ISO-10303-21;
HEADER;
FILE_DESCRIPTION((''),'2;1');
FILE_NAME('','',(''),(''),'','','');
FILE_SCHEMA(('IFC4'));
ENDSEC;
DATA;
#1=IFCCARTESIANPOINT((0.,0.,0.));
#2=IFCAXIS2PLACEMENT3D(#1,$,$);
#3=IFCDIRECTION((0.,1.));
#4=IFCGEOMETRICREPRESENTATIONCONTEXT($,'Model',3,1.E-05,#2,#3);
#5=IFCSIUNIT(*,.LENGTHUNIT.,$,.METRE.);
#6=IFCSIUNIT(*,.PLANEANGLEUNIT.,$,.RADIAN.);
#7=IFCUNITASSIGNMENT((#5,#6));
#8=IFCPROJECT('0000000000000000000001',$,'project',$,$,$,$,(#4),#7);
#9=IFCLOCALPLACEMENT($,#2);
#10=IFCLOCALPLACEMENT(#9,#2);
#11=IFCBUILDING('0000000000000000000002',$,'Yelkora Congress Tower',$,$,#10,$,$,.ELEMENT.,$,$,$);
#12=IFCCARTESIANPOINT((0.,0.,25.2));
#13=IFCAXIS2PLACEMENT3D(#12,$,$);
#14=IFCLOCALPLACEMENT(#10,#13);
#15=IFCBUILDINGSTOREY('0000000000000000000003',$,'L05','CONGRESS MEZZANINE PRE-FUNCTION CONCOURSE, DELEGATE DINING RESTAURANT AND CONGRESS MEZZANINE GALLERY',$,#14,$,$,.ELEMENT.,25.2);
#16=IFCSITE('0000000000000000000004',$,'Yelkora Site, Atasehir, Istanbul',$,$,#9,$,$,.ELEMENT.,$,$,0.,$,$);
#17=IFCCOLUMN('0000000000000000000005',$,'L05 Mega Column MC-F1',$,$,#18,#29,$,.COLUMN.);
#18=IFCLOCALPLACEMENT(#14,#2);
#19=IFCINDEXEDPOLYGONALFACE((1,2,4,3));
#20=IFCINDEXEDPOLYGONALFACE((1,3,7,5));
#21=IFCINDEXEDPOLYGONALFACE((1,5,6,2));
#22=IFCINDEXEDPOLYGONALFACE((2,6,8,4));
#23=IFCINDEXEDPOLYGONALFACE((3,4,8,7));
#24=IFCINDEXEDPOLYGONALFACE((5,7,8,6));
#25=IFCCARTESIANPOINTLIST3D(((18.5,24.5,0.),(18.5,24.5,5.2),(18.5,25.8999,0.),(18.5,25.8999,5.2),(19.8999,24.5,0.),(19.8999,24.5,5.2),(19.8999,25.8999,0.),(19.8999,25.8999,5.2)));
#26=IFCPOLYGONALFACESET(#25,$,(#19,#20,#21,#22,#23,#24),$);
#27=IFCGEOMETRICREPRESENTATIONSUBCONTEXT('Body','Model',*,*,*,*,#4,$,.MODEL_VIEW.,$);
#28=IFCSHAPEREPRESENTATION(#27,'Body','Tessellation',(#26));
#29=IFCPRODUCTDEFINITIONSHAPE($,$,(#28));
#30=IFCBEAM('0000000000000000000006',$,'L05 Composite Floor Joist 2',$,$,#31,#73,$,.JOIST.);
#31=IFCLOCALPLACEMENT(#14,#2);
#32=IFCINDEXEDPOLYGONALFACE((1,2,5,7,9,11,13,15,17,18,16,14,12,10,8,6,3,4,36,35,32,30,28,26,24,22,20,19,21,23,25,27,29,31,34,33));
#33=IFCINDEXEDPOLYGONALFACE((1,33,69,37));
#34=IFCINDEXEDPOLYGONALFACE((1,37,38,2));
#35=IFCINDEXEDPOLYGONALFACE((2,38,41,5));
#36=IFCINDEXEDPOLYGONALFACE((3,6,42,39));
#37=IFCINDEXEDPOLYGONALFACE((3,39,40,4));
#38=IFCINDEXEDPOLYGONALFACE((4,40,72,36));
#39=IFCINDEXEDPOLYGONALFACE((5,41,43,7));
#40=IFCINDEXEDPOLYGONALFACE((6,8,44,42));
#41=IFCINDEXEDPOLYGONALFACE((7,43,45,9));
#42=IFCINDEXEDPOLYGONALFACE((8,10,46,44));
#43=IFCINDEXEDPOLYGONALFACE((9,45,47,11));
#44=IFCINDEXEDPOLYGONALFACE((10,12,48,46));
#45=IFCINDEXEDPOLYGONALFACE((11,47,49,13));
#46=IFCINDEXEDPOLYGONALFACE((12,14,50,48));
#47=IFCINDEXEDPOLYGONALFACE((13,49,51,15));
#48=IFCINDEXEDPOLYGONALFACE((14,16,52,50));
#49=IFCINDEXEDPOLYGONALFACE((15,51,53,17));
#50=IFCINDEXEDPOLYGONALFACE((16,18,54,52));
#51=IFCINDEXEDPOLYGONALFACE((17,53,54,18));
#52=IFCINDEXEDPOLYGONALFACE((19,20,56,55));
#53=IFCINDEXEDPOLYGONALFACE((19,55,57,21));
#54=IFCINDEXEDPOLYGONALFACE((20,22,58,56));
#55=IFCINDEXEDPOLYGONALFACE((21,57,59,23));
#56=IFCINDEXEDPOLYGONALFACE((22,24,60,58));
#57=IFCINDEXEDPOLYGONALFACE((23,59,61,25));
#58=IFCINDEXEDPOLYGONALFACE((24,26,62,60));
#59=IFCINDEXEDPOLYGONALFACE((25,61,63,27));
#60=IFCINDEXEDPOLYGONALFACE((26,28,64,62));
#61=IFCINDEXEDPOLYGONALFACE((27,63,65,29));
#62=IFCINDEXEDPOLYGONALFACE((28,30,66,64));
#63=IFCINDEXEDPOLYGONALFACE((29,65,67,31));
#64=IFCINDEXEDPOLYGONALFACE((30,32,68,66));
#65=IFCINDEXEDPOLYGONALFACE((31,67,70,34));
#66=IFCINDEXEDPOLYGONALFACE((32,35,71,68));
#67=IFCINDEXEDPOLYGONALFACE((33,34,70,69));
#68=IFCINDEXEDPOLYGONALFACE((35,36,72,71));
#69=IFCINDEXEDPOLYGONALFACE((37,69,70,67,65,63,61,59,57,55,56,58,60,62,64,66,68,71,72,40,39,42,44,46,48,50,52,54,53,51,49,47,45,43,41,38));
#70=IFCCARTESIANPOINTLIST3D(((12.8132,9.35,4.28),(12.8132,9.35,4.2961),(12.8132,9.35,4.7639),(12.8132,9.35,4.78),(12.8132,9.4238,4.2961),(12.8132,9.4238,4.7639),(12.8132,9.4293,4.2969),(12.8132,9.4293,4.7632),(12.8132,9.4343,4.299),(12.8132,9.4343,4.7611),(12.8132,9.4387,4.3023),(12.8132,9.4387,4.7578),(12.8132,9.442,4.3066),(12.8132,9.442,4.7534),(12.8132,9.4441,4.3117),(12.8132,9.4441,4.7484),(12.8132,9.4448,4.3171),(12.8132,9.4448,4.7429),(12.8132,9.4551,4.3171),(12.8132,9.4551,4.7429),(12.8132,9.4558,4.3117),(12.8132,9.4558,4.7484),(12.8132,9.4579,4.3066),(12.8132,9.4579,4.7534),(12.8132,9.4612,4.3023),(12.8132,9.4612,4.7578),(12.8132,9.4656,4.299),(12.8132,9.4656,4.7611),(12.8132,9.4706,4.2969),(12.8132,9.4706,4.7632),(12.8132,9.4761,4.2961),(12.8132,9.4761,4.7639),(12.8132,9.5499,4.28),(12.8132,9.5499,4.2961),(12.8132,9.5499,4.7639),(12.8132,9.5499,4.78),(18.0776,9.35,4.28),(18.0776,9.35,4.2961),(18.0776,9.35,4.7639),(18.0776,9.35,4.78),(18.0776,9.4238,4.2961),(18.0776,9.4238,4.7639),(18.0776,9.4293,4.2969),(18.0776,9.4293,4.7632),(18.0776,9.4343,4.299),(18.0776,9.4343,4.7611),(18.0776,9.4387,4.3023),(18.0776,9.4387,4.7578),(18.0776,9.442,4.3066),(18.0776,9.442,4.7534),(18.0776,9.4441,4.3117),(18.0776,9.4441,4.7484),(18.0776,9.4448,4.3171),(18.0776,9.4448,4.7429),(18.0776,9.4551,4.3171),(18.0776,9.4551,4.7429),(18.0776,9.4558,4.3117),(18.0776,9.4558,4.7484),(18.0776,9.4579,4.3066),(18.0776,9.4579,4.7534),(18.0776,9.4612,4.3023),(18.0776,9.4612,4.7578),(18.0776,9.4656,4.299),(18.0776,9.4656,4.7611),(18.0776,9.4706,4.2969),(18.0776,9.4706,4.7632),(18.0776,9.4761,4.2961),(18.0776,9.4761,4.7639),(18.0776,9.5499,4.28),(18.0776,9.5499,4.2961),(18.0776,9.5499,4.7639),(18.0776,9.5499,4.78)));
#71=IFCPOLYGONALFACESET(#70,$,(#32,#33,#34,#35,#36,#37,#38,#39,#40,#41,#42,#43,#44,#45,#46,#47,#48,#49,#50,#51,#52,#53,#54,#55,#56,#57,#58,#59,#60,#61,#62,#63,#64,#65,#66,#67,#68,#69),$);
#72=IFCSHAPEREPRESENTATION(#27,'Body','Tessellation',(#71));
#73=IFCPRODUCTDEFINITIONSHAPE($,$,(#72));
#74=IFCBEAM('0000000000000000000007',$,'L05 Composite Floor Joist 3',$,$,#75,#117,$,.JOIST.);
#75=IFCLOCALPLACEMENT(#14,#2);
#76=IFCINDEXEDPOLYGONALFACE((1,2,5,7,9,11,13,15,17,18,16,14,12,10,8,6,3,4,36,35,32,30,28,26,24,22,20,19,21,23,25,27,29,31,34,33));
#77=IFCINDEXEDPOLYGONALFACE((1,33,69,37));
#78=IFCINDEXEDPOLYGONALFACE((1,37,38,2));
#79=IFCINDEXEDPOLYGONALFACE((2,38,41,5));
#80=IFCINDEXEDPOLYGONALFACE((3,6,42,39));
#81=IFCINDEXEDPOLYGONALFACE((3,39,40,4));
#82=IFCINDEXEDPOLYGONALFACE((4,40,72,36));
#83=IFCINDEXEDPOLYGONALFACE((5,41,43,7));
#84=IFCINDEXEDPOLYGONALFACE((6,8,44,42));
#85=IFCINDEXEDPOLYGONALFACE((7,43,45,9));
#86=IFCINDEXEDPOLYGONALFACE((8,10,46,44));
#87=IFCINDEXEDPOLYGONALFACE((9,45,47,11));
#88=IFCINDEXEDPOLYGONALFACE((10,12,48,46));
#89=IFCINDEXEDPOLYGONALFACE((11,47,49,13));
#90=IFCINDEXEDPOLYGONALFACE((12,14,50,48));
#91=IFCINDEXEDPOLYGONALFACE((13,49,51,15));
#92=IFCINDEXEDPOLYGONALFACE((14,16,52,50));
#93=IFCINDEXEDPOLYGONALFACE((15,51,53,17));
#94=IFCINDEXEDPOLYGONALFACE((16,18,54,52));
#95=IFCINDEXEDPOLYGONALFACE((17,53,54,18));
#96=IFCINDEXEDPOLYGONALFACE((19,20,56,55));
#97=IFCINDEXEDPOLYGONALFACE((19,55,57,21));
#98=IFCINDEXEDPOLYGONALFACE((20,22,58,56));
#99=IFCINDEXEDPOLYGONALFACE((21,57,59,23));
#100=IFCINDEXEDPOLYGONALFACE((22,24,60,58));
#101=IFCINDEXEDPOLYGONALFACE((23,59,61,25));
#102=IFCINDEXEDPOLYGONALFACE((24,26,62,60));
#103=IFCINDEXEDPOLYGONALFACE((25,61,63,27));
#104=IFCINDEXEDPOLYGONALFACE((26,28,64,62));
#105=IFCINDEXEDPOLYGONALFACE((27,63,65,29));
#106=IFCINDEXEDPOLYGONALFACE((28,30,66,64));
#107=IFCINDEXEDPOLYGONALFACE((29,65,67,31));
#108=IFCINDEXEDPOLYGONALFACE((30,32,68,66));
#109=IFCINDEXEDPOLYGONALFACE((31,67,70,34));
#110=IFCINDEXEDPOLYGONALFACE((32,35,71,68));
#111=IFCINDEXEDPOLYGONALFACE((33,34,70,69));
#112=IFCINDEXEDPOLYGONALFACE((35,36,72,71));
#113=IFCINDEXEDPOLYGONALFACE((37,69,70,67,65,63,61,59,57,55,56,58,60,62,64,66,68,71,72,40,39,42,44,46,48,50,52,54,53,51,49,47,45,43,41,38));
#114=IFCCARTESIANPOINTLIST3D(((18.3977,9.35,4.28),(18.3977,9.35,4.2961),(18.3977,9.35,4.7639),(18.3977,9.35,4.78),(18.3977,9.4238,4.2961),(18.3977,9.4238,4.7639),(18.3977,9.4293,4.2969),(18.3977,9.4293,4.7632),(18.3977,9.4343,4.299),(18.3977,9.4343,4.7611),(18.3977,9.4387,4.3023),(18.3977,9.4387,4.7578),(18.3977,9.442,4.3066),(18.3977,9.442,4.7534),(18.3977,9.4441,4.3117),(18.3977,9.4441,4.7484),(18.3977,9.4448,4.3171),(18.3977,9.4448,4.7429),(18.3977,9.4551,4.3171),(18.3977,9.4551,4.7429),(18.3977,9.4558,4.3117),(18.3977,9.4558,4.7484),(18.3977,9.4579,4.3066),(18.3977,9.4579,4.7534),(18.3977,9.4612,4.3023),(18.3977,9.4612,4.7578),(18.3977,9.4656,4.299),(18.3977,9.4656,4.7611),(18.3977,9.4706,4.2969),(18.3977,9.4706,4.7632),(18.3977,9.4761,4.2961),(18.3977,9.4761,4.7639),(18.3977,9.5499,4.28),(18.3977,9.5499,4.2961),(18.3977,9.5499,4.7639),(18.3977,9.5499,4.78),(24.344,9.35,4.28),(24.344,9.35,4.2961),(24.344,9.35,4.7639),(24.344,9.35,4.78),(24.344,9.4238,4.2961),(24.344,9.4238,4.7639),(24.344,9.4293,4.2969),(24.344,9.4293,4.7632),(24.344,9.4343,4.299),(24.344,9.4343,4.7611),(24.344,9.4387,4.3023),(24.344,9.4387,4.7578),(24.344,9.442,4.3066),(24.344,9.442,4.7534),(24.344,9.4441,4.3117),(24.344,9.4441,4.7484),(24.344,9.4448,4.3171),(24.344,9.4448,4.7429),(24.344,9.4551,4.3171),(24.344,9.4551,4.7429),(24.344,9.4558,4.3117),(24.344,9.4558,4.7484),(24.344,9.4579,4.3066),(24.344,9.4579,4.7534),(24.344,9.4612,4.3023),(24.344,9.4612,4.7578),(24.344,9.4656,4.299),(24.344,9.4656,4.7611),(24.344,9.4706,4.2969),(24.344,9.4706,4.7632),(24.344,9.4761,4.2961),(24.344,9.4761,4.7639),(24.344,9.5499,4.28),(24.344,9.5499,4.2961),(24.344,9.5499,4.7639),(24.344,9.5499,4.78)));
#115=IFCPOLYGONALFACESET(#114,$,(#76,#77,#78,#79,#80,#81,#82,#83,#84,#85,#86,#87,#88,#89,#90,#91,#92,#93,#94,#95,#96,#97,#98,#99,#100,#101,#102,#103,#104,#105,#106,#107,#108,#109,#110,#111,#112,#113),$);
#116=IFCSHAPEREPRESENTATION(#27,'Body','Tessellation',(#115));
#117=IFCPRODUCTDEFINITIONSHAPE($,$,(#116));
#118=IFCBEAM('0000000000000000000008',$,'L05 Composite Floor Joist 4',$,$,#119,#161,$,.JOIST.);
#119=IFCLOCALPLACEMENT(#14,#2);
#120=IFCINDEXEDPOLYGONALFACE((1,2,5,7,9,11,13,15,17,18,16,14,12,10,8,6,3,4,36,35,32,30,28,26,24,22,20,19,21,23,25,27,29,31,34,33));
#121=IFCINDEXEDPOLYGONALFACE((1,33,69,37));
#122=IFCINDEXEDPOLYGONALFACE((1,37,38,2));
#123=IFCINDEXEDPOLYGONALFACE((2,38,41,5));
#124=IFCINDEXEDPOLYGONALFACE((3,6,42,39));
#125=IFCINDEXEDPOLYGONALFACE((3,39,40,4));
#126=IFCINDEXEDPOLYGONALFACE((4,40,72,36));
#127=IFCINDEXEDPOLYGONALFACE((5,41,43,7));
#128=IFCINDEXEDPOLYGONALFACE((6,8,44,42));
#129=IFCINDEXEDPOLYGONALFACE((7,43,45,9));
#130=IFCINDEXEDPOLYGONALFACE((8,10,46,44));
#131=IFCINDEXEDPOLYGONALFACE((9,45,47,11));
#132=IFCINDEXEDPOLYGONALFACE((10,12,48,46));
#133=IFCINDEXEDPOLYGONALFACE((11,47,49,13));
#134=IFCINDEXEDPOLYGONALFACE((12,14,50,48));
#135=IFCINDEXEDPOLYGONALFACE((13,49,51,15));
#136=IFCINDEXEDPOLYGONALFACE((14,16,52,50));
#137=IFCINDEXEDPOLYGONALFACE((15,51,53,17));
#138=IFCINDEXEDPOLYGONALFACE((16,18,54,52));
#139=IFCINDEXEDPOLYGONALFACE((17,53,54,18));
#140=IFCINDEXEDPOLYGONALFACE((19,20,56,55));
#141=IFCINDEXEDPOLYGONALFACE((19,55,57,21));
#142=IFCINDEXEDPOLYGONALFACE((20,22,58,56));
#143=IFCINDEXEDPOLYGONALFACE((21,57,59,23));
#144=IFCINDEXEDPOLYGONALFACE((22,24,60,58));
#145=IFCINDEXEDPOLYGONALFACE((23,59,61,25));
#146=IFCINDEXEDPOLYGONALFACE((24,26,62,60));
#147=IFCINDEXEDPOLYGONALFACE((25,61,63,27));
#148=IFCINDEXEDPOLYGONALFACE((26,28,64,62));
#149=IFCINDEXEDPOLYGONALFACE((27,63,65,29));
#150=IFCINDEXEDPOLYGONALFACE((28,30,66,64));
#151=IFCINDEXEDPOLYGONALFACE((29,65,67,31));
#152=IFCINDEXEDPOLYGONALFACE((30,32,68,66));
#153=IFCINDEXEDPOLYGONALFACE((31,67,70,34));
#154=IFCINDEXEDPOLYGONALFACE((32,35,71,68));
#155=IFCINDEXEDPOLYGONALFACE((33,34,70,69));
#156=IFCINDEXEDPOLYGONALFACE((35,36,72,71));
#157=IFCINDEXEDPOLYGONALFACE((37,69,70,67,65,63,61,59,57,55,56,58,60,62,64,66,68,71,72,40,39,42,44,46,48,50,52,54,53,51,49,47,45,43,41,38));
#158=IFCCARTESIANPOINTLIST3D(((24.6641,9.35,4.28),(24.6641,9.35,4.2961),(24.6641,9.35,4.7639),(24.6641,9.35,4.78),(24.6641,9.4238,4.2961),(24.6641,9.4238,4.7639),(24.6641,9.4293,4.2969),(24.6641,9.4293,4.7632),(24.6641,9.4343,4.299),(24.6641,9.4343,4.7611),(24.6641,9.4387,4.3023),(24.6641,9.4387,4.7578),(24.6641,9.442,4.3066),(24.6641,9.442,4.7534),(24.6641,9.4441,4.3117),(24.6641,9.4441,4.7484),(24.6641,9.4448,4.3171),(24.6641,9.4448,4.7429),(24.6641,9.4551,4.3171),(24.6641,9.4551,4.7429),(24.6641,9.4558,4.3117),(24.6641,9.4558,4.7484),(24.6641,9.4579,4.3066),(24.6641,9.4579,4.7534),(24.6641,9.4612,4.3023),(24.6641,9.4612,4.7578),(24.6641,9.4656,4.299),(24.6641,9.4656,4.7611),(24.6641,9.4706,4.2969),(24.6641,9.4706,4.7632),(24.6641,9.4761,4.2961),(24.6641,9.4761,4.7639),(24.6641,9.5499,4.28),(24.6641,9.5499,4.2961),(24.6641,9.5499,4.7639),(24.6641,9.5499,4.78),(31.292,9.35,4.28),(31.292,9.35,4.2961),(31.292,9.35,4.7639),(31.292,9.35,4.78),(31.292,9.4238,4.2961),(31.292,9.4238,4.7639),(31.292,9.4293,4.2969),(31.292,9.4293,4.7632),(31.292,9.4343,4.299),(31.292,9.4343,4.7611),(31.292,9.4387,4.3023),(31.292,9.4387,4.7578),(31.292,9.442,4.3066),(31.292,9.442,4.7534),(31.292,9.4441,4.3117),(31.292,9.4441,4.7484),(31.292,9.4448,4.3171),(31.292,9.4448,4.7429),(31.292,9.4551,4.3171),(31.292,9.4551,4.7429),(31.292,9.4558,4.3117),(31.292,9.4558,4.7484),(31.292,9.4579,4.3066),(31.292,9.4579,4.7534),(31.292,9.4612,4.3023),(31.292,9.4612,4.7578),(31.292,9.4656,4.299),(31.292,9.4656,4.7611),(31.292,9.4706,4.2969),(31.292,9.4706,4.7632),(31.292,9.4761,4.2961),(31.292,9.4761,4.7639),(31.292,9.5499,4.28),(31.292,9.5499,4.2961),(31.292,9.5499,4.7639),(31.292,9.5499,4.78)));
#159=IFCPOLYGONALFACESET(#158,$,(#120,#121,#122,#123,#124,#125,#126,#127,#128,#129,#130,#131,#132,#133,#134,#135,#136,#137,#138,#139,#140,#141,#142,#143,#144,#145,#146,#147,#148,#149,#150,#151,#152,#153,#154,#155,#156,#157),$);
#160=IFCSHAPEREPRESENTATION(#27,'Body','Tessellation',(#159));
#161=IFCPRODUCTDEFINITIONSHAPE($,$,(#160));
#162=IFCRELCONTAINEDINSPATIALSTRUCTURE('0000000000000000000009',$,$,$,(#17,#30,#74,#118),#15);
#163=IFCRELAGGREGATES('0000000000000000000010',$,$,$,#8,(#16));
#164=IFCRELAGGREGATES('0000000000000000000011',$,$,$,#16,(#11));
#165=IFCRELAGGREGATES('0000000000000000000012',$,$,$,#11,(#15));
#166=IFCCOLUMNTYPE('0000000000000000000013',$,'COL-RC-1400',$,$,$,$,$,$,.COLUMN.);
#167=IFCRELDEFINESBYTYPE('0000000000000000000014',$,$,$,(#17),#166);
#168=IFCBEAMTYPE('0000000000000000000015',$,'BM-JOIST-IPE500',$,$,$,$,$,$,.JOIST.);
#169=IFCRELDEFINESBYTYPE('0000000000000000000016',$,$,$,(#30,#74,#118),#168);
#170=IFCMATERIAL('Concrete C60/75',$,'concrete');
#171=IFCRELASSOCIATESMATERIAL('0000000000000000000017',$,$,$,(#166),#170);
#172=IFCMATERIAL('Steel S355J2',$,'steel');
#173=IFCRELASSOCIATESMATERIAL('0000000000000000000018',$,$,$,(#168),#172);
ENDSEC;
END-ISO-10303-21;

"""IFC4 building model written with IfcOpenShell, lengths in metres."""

from ifc_helpers import new_model, si_unit, direction, frame, origin, origin_2d, place, context, subcontext, project, spatial, rectangle, i_section, extrude, material, material_profile, profile_set, type_object, element, save


model = new_model("IFC4")

# Units and contexts
model_context = context("Model", 3, precision=1e-05, world=origin(), true_north=direction((0.0, 1.0)))
body_context = subcontext(model_context, "Body", "Model", "MODEL_VIEW")
ifc_project = project(units=[si_unit("LENGTHUNIT", "METRE"), si_unit("PLANEANGLEUNIT", "RADIAN")], contexts=[model_context])

# Site, building, storey
site_placement = place(None, origin())
site = spatial("IfcSite", under=ifc_project, at=site_placement, Name="Yelkora Site, Atasehir, Istanbul", CompositionType="ELEMENT", RefElevation=0.0)
building_placement = place(site_placement, origin())
building = spatial("IfcBuilding", under=site, at=building_placement, Name="Yelkora Congress Tower", CompositionType="ELEMENT")
storey_placement = place(building_placement, frame((0.0, 0.0, 25.2)))
storey = spatial("IfcBuildingStorey", under=building, at=storey_placement, Name="L05", Description="CONGRESS MEZZANINE PRE-FUNCTION CONCOURSE, DELEGATE DINING RESTAURANT AND CONGRESS MEZZANINE GALLERY", CompositionType="ELEMENT", Elevation=25.2)

# Column
ifc_material_1 = material(Name="Concrete C60/75", Category="concrete")
ifc_material_profile_1 = material_profile(ifc_material_1, rectangle(XDim=1.3999, YDim=1.3999, at=origin_2d()), Name="RC 1400x1400")
ifc_profile_set_1 = profile_set([ifc_material_profile_1], Name="Concrete C60/75")
column_type = type_object("IfcColumnType", Name="COL-RC-1400", PredefinedType="COLUMN", material=ifc_profile_set_1)
column_placement = place(storey_placement, frame((19.2, 25.2, 0.0), z_axis=(0.0, 0.0, 1.0), x_axis=(1.0, 0.0, 0.0)))
element("IfcColumn", 1, at=column_placement, inside=storey, type_object=column_type, Name="L05 Mega Column MC-F1", PredefinedType="COLUMN", context=body_context, shape_type="SweptSolid", body=[
    extrude(rectangle(XDim=1.3999, YDim=1.3999, at=origin_2d()), origin(), (0.0, 0.0, 1.0), 5.2),
])

# Beams
ifc_material_2 = material(Name="Steel S355J2", Category="steel")
ifc_material_profile_2 = material_profile(ifc_material_2, i_section(OverallWidth=0.2, OverallDepth=0.5, WebThickness=0.0103, FlangeThickness=0.0161, FilletRadius=0.021, at=origin_2d()), Name="IPE 500")
ifc_profile_set_2 = profile_set([ifc_material_profile_2], Name="Steel S355J2")
beam_type_1 = type_object("IfcBeamType", Name="BM-JOIST-IPE500", PredefinedType="JOIST", material=ifc_profile_set_2)
beam_1_placement = place(storey_placement, frame((12.8132, 9.45, 4.53), z_axis=(1.0, 0.0, 0.0), x_axis=(0.0, 1.0, 0.0)))
element("IfcBeam", 2, at=beam_1_placement, inside=storey, type_object=beam_type_1, Name="L05 Composite Floor Joist 2", PredefinedType="JOIST", context=body_context, shape_type="SweptSolid", body=[
    extrude(i_section(OverallWidth=0.2, OverallDepth=0.5, WebThickness=0.0103, FlangeThickness=0.0161, FilletRadius=0.021, at=origin_2d()), origin(), (0.0, 0.0, 1.0), 5.2644),
])
beam_2_placement = place(storey_placement, frame((18.3977, 9.45, 4.53), z_axis=(1.0, 0.0, 0.0), x_axis=(0.0, 1.0, 0.0)))
element("IfcBeam", 3, at=beam_2_placement, inside=storey, type_object=beam_type_1, Name="L05 Composite Floor Joist 3", PredefinedType="JOIST", context=body_context, shape_type="SweptSolid", body=[
    extrude(i_section(OverallWidth=0.2, OverallDepth=0.5, WebThickness=0.0103, FlangeThickness=0.0161, FilletRadius=0.021, at=origin_2d()), origin(), (0.0, 0.0, 1.0), 5.9463),
])
for number, where, z_axis, x_axis, name in (
    (4, (24.6641, 9.45, 4.53), (1.0, 0.0, 0.0), (0.0, 1.0, 0.0), "L05 Composite Floor Joist 4"),
):
    element("IfcBeam", number, at=place(storey_placement, frame(where, z_axis=z_axis, x_axis=x_axis)), inside=storey, type_object=beam_type_1, Name=name, PredefinedType="JOIST", context=body_context, shape_type="SweptSolid", body=[
        extrude(i_section(OverallWidth=0.2, OverallDepth=0.5, WebThickness=0.0103, FlangeThickness=0.0161, FilletRadius=0.021, at=origin_2d()), origin(), (0.0, 0.0, 1.0), 6.6279),
    ])

save(model, "model.ifc")
